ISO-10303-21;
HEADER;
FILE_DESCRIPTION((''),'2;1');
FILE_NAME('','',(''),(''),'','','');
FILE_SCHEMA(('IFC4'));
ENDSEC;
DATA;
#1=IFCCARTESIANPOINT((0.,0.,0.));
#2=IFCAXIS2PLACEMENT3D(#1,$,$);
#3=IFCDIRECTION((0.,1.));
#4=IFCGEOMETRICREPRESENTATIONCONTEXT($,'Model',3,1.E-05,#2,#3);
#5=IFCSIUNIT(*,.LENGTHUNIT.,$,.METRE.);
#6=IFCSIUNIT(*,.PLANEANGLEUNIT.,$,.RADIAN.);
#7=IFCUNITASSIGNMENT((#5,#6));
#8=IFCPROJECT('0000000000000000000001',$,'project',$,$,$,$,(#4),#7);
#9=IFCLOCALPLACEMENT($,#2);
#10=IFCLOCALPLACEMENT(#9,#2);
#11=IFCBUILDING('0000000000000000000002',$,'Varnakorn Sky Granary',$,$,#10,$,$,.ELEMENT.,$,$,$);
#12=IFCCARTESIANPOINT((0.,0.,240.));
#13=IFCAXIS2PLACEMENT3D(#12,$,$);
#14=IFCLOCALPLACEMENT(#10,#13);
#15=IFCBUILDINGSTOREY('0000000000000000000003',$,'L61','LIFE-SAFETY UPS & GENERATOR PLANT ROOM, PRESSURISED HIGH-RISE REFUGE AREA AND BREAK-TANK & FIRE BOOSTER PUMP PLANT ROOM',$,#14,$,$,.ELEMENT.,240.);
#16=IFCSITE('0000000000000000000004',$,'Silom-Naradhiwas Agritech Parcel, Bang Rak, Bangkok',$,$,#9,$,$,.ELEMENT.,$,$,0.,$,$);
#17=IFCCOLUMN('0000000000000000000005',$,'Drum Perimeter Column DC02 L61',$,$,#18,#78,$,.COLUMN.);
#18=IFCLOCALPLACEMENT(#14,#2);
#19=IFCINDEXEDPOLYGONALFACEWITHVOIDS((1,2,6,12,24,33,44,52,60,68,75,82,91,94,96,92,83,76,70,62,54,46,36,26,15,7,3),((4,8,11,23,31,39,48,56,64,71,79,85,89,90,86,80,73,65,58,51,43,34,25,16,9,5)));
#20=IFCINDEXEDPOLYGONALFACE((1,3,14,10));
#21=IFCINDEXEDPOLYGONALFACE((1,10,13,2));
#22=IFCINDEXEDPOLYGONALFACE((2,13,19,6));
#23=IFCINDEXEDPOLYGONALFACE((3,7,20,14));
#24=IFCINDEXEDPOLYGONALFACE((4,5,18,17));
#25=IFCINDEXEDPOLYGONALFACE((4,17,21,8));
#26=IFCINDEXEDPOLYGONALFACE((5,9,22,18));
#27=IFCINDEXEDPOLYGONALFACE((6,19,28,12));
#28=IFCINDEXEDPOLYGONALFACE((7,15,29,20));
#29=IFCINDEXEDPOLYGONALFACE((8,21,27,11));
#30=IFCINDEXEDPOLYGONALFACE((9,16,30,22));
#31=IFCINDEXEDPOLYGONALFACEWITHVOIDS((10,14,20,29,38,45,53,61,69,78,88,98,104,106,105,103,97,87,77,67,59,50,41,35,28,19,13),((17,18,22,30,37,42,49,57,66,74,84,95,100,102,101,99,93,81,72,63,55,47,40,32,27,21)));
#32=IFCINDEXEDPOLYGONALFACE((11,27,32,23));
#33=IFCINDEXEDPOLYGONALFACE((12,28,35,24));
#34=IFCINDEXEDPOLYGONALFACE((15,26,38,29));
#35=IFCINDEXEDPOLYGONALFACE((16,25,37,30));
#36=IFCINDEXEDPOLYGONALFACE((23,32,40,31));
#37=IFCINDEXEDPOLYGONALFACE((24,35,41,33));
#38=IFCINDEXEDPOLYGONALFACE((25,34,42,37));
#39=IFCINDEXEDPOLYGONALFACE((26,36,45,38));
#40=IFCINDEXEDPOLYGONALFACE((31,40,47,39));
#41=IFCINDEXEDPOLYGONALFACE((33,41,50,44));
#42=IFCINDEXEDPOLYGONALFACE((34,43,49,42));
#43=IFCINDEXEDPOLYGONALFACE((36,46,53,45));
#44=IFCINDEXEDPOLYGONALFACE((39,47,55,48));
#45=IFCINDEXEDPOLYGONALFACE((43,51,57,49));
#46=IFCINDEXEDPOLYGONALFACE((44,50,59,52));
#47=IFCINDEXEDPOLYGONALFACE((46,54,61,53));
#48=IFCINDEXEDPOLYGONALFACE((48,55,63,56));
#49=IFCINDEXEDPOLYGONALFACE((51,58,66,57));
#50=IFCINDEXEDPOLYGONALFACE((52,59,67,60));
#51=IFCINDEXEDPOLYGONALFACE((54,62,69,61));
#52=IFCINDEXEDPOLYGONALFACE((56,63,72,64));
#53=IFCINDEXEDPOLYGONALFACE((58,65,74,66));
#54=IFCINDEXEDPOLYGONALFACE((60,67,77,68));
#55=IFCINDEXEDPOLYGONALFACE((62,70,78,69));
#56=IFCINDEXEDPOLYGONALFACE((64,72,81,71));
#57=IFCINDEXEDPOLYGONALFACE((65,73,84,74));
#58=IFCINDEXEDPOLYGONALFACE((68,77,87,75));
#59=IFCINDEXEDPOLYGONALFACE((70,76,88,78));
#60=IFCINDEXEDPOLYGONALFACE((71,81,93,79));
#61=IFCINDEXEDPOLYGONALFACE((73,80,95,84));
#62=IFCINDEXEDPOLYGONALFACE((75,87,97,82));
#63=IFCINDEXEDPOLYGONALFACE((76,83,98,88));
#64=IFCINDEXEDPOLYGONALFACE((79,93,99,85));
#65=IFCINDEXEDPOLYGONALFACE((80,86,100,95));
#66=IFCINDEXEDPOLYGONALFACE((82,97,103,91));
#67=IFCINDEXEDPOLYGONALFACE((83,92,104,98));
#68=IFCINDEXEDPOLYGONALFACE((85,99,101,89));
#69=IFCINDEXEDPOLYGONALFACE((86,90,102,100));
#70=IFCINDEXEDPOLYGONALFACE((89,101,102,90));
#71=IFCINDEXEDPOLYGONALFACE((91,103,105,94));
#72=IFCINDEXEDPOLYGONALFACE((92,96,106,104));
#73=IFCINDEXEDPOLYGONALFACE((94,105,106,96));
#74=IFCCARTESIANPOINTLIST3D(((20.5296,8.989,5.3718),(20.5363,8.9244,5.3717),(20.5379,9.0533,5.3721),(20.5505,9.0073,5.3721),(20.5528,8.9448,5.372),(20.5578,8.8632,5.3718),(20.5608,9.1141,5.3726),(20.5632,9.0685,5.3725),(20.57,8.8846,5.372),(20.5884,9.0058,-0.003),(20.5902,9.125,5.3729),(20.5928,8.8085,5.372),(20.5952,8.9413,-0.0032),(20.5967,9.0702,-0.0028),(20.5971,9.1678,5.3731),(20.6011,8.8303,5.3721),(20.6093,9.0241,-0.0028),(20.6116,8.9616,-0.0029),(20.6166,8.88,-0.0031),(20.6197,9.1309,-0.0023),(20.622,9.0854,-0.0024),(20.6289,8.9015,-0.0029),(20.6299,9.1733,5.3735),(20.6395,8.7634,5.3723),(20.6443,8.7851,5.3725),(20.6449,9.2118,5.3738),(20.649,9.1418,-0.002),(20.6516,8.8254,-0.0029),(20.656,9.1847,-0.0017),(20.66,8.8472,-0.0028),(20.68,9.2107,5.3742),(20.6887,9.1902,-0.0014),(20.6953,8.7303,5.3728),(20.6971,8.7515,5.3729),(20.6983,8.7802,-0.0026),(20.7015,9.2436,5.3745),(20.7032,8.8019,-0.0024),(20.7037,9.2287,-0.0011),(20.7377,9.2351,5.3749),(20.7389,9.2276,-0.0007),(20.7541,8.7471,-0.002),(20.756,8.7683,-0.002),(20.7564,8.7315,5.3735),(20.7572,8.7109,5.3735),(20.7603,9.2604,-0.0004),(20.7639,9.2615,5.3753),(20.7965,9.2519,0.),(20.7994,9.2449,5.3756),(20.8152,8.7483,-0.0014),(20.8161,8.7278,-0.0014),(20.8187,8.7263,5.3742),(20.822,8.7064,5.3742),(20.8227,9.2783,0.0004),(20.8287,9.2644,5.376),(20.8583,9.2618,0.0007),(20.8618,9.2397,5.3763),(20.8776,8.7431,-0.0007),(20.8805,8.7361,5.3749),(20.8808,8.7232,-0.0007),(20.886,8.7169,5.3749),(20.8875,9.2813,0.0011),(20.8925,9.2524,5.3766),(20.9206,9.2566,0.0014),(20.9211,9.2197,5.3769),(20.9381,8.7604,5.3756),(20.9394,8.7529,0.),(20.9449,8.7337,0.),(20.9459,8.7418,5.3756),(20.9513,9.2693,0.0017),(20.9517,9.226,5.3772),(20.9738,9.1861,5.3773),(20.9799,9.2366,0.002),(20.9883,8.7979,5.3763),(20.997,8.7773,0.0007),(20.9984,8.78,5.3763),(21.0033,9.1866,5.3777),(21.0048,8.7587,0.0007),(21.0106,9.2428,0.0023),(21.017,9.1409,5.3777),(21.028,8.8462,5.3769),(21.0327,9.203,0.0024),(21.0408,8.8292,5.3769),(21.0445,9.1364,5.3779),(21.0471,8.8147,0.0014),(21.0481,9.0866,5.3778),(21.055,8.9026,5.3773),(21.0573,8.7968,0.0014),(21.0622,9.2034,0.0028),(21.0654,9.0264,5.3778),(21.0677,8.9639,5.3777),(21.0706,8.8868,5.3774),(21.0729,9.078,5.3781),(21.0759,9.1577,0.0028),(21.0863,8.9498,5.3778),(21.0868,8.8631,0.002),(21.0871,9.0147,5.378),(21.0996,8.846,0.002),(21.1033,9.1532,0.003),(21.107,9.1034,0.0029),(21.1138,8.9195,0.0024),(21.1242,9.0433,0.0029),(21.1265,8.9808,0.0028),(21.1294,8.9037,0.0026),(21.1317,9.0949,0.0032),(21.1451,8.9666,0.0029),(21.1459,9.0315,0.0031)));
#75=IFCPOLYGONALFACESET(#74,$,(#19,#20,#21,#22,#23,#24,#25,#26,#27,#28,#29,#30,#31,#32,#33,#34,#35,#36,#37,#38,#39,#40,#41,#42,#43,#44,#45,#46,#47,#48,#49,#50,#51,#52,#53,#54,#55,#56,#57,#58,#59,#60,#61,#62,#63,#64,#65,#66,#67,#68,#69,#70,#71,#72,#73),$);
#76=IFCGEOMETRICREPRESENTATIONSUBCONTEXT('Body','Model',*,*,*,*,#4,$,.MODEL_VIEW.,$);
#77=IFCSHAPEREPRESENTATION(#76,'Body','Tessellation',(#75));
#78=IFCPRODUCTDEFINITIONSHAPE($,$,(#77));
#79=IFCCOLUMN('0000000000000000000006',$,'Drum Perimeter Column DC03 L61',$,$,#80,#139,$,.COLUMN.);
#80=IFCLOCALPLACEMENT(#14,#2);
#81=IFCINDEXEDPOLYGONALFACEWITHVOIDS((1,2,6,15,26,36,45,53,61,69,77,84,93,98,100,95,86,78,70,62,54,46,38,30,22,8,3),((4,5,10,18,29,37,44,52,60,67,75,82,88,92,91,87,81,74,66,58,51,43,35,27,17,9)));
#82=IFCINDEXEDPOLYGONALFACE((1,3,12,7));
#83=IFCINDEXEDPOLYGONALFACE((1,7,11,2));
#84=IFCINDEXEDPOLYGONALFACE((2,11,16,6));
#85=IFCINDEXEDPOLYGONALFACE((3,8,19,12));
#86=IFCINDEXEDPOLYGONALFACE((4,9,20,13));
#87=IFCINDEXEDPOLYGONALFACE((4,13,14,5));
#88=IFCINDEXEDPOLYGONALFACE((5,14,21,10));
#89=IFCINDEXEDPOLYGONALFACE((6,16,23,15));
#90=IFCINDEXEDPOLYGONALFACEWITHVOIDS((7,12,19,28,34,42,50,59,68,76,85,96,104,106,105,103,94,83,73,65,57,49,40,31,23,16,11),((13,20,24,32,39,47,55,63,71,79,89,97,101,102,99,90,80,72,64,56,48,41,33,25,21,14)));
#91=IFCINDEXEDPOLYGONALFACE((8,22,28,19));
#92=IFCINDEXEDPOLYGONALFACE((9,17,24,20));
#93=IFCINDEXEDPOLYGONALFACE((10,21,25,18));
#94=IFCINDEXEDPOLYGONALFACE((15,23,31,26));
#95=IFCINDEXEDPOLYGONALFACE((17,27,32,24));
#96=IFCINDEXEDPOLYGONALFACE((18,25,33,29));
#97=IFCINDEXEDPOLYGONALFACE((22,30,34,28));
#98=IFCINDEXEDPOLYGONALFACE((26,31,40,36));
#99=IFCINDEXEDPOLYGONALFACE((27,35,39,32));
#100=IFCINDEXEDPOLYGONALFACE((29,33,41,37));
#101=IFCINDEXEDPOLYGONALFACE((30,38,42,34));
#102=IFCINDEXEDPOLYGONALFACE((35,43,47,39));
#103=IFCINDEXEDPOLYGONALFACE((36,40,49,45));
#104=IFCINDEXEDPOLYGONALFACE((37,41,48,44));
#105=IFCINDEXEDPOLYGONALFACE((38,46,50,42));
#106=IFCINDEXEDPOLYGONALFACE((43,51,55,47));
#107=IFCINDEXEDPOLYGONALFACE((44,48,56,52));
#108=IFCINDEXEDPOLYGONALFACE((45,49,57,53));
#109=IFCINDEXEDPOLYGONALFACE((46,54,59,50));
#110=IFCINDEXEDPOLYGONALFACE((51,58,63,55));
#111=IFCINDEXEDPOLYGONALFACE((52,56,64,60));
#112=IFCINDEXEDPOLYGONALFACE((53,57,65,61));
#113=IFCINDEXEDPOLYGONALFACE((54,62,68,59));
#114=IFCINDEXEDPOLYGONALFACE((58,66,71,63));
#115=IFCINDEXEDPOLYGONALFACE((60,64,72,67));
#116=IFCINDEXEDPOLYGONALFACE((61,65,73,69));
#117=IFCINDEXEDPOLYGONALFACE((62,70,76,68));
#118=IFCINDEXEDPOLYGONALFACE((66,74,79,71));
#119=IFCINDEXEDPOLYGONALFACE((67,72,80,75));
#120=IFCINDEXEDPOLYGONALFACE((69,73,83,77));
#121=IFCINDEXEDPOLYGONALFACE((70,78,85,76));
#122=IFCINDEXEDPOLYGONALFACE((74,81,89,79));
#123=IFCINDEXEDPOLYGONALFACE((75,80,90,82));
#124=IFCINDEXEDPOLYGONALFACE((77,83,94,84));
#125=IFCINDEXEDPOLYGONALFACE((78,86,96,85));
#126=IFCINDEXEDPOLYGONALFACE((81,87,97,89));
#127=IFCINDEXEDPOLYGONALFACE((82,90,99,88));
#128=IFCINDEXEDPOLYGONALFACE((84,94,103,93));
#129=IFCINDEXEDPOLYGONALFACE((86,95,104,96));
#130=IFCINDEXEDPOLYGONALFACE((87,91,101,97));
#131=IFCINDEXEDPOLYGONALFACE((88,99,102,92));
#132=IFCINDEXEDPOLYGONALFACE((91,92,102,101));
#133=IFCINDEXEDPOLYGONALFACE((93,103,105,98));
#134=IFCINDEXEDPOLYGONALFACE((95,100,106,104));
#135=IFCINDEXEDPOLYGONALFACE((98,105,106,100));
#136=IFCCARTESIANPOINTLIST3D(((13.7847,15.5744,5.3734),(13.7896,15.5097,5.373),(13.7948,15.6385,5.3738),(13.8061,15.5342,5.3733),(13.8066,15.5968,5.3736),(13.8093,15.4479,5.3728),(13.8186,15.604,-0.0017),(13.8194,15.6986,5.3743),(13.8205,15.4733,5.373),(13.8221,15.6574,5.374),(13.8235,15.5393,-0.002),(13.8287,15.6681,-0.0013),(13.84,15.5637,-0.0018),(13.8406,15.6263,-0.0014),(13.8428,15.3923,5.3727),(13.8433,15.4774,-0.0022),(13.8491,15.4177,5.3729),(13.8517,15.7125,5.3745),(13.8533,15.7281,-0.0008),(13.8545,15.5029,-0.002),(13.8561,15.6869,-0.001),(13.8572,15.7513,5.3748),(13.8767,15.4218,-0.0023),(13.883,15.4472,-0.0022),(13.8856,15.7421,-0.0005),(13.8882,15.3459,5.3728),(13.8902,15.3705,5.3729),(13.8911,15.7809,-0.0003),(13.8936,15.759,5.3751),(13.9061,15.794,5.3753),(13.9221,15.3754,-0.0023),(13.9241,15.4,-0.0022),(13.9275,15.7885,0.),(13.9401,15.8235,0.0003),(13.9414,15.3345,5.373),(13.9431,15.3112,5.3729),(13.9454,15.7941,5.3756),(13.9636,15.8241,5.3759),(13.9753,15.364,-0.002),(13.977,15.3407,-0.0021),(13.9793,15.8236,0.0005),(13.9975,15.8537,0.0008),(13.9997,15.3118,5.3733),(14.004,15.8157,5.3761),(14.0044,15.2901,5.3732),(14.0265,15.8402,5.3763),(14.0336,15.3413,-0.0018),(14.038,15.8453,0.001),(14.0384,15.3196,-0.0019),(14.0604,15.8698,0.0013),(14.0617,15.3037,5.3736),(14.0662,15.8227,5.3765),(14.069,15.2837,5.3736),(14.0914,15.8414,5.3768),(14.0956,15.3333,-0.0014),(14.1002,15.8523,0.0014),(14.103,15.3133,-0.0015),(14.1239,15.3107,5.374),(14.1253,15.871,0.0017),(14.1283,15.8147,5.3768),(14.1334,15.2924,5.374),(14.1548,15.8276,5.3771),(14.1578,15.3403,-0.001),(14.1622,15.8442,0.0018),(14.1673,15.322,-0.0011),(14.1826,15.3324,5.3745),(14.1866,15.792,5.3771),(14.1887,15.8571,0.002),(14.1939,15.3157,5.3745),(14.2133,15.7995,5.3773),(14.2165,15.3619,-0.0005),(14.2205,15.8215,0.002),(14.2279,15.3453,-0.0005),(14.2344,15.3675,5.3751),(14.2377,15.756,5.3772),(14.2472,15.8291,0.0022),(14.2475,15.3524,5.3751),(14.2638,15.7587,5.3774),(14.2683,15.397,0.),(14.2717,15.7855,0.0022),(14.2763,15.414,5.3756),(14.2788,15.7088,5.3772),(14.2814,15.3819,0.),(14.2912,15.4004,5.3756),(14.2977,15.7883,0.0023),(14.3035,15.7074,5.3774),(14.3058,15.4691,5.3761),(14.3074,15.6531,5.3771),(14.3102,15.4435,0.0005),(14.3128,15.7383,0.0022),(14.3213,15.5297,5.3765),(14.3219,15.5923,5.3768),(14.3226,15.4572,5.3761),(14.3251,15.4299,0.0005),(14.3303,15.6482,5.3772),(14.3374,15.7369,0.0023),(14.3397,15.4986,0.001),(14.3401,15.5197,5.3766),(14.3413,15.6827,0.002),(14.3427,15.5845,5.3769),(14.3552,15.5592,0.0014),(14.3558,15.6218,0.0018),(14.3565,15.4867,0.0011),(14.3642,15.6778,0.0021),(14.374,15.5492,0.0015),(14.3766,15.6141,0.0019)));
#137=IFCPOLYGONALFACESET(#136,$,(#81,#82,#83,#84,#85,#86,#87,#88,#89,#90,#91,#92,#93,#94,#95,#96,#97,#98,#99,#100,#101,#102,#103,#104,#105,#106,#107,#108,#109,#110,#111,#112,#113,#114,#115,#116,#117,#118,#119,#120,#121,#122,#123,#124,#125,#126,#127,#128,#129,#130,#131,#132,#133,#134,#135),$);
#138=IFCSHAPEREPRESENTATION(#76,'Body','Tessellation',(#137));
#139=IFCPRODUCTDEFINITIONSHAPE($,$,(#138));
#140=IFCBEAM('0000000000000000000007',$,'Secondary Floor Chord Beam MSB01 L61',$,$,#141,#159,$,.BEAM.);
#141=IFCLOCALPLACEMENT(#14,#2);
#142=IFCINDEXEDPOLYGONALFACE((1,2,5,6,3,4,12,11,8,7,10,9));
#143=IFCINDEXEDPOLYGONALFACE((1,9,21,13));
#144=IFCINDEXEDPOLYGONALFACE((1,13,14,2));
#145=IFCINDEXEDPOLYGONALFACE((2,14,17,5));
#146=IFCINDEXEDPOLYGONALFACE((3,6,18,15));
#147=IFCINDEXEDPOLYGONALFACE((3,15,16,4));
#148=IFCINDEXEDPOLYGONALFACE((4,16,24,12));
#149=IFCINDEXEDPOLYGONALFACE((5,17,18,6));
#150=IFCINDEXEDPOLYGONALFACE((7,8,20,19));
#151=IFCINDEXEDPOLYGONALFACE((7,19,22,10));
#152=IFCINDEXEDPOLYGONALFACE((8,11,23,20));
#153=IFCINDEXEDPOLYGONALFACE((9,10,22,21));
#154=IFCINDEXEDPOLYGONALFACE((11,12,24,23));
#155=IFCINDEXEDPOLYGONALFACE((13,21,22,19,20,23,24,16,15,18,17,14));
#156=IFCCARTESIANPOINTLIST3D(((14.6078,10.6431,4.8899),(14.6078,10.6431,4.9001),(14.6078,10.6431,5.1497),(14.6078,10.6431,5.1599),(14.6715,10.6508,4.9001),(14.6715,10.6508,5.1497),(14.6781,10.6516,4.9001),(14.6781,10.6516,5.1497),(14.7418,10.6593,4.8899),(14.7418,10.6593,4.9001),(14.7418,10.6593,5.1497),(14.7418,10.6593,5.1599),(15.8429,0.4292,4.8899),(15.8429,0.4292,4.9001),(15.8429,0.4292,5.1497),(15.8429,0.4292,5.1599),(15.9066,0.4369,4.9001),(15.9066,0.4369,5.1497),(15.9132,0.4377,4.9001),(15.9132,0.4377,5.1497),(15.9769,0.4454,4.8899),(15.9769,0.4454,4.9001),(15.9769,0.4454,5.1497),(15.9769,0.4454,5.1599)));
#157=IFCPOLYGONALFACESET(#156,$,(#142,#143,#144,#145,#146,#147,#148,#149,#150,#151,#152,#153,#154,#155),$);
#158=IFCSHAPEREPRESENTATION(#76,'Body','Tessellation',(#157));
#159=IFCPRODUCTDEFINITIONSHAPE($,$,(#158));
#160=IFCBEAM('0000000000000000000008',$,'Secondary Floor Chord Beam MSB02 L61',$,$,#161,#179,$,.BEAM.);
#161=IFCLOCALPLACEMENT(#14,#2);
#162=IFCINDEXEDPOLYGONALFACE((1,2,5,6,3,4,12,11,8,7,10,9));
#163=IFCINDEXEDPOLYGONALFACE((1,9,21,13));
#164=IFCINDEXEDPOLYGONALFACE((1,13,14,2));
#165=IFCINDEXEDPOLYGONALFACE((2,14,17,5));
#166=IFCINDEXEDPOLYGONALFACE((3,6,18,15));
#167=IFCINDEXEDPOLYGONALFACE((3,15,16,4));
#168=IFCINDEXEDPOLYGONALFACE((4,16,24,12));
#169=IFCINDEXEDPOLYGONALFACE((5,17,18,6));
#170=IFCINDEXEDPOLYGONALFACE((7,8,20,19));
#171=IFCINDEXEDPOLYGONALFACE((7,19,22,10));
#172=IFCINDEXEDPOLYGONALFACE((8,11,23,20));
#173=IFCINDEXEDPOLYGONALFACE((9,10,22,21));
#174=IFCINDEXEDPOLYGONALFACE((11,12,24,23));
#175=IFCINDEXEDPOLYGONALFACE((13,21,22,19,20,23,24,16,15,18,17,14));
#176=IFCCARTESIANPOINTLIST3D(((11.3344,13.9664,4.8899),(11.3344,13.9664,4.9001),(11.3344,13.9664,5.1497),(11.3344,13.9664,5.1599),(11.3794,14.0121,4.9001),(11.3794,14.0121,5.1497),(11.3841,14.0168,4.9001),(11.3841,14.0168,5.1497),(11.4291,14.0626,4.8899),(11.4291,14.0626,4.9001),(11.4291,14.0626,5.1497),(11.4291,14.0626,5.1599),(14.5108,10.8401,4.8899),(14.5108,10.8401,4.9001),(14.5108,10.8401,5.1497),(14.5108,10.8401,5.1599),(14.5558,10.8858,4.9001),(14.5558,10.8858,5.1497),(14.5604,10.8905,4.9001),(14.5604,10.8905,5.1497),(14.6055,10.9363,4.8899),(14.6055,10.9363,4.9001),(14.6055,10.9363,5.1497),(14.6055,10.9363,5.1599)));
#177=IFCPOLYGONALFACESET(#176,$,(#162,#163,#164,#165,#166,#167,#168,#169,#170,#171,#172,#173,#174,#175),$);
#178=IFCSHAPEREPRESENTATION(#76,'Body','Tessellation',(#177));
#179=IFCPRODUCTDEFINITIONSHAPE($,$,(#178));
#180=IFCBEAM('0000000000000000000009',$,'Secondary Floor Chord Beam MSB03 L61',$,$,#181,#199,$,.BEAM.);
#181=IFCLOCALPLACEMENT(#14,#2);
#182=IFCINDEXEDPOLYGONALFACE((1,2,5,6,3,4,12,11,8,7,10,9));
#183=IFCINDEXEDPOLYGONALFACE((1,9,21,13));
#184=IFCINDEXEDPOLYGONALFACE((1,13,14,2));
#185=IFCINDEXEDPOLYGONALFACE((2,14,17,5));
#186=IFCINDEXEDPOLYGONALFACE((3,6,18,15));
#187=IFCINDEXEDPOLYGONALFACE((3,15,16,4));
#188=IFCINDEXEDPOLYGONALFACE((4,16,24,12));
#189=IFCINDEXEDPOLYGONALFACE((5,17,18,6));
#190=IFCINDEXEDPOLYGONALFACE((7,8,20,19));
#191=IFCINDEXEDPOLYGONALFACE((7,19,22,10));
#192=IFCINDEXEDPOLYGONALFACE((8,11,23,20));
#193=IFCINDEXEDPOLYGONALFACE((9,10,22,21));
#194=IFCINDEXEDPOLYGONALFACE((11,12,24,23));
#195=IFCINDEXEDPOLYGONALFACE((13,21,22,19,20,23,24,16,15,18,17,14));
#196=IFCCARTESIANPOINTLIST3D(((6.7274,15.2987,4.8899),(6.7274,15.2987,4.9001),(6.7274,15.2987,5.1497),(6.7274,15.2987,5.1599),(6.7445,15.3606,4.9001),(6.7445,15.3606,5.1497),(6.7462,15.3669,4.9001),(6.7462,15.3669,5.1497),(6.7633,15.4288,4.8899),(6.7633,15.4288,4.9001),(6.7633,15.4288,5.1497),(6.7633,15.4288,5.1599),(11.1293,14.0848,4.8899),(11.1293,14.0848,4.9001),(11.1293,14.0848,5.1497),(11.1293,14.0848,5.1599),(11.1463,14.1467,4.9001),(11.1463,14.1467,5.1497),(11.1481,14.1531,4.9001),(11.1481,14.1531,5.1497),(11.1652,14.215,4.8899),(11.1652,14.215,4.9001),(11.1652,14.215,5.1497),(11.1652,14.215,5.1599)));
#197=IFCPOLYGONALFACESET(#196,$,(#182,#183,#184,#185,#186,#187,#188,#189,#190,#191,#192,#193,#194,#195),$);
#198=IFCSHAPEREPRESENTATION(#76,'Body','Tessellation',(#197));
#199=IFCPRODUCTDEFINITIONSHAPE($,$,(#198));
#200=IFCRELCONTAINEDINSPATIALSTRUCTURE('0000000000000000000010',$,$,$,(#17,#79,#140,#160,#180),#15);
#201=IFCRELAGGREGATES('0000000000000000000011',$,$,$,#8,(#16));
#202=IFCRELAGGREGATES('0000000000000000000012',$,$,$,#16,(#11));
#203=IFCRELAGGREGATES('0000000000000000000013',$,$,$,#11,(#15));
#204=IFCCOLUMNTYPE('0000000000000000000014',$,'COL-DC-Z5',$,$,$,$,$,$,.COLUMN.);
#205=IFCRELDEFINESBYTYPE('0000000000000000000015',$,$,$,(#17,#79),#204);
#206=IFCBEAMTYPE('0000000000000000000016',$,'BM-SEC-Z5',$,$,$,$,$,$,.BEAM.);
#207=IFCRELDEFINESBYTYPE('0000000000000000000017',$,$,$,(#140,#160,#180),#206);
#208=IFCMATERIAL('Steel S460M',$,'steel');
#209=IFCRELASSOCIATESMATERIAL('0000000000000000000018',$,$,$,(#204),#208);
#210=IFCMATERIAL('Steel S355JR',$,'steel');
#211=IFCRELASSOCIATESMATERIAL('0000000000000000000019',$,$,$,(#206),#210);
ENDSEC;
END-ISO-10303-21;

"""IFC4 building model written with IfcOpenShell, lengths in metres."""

from ifc_helpers import new_model, si_unit, direction, frame, origin, origin_2d, place, context, subcontext, project, spatial, hollow_circle, i_section, extrude, material, material_profile, profile_set, type_object, element, save


model = new_model("IFC4")

# Units and contexts
model_context = context("Model", 3, precision=1e-05, world=origin(), true_north=direction((0.0, 1.0)))
body_context = subcontext(model_context, "Body", "Model", "MODEL_VIEW")
ifc_project = project(units=[si_unit("LENGTHUNIT", "METRE"), si_unit("PLANEANGLEUNIT", "RADIAN")], contexts=[model_context])

# Site, building, storey
site_placement = place(None, origin())
site = spatial("IfcSite", under=ifc_project, at=site_placement, Name="Silom-Naradhiwas Agritech Parcel, Bang Rak, Bangkok", CompositionType="ELEMENT", RefElevation=0.0)
building_placement = place(site_placement, origin())
building = spatial("IfcBuilding", under=site, at=building_placement, Name="Varnakorn Sky Granary", CompositionType="ELEMENT")
storey_placement = place(building_placement, frame((0.0, 0.0, 240.0)))
storey = spatial("IfcBuildingStorey", under=building, at=storey_placement, Name="L61", Description="LIFE-SAFETY UPS & GENERATOR PLANT ROOM, PRESSURISED HIGH-RISE REFUGE AREA AND BREAK-TANK & FIRE BOOSTER PUMP PLANT ROOM", CompositionType="ELEMENT", Elevation=240.0)

# Columns
ifc_material_1 = material(Name="Steel S460M", Category="steel")
ifc_material_profile_1 = material_profile(ifc_material_1, hollow_circle(Radius=0.2795, WallThickness=0.02, at=origin_2d()), Name="CHS 559x20")
ifc_profile_set_1 = profile_set([ifc_material_profile_1], Name="Steel S460M")
column_type = type_object("IfcColumnType", Name="COL-DC-Z5", PredefinedType="COLUMN", material=ifc_profile_set_1)
for number, where, z_axis, x_axis, name in (
    (1, (20.8679, 9.0024, 0.0), (-0.010946, -0.003134, 0.999935), (0.275248, -0.961373, 0.0), "Drum Perimeter Column DC02 L61"),
    (2, (14.0979, 15.5928, 0.0), (-0.006313, -0.005496, 0.999965), (0.656582, -0.754255, 0.0), "Drum Perimeter Column DC03 L61"),
):
    element("IfcColumn", number, at=place(storey_placement, frame(where, z_axis=z_axis, x_axis=x_axis)), inside=storey, type_object=column_type, Name=name, PredefinedType="COLUMN", context=body_context, shape_type="SweptSolid", body=[
        extrude(hollow_circle(Radius=0.2795, WallThickness=0.02, at=origin_2d()), origin(), (0.0, 0.0, 1.0), 5.3752),
    ])

# Beams
ifc_material_2 = material(Name="Steel S355JR", Category="steel")
ifc_material_profile_2 = material_profile(ifc_material_2, i_section(OverallWidth=0.135, OverallDepth=0.27, WebThickness=0.0066, FlangeThickness=0.0103, at=origin_2d()), Name="IPE 270")
ifc_profile_set_2 = profile_set([ifc_material_profile_2], Name="Steel S355JR")
beam_type_1 = type_object("IfcBeamType", Name="BM-SEC-Z5", PredefinedType="BEAM", material=ifc_profile_set_2)
beam_1_placement = place(storey_placement, frame((15.9099, 0.4373, 5.0249), z_axis=(-0.12005, 0.992768, 0.0), x_axis=(-0.992768, -0.12005, 0.0)))
element("IfcBeam", 3, at=beam_1_placement, inside=storey, type_object=beam_type_1, Name="Secondary Floor Chord Beam MSB01 L61", PredefinedType="BEAM", context=body_context, shape_type="SweptSolid", body=[
    extrude(i_section(OverallWidth=0.135, OverallDepth=0.27, WebThickness=0.0066, FlangeThickness=0.0103, at=origin_2d()), origin(), (0.0, 0.0, 1.0), 10.2883),
])
beam_2_placement = place(storey_placement, frame((14.5581, 10.8882, 5.0249), z_axis=(-0.7127, 0.701469, 0.0), x_axis=(-0.701469, -0.7127, 0.0)))
element("IfcBeam", 4, at=beam_2_placement, inside=storey, type_object=beam_type_1, Name="Secondary Floor Chord Beam MSB02 L61", PredefinedType="BEAM", context=body_context, shape_type="SweptSolid", body=[
    extrude(i_section(OverallWidth=0.135, OverallDepth=0.27, WebThickness=0.0066, FlangeThickness=0.0103, at=origin_2d()), origin(), (0.0, 0.0, 1.0), 4.4568),
])
beam_3_placement = place(storey_placement, frame((11.1472, 14.1499, 5.0249), z_axis=(-0.964017, 0.26584, 0.0), x_axis=(-0.26584, -0.964017, 0.0)))
element("IfcBeam", 5, at=beam_3_placement, inside=storey, type_object=beam_type_1, Name="Secondary Floor Chord Beam MSB03 L61", PredefinedType="BEAM", context=body_context, shape_type="SweptSolid", body=[
    extrude(i_section(OverallWidth=0.135, OverallDepth=0.27, WebThickness=0.0066, FlangeThickness=0.0103, at=origin_2d()), origin(), (0.0, 0.0, 1.0), 4.5662),
])

save(model, "model.ifc")
